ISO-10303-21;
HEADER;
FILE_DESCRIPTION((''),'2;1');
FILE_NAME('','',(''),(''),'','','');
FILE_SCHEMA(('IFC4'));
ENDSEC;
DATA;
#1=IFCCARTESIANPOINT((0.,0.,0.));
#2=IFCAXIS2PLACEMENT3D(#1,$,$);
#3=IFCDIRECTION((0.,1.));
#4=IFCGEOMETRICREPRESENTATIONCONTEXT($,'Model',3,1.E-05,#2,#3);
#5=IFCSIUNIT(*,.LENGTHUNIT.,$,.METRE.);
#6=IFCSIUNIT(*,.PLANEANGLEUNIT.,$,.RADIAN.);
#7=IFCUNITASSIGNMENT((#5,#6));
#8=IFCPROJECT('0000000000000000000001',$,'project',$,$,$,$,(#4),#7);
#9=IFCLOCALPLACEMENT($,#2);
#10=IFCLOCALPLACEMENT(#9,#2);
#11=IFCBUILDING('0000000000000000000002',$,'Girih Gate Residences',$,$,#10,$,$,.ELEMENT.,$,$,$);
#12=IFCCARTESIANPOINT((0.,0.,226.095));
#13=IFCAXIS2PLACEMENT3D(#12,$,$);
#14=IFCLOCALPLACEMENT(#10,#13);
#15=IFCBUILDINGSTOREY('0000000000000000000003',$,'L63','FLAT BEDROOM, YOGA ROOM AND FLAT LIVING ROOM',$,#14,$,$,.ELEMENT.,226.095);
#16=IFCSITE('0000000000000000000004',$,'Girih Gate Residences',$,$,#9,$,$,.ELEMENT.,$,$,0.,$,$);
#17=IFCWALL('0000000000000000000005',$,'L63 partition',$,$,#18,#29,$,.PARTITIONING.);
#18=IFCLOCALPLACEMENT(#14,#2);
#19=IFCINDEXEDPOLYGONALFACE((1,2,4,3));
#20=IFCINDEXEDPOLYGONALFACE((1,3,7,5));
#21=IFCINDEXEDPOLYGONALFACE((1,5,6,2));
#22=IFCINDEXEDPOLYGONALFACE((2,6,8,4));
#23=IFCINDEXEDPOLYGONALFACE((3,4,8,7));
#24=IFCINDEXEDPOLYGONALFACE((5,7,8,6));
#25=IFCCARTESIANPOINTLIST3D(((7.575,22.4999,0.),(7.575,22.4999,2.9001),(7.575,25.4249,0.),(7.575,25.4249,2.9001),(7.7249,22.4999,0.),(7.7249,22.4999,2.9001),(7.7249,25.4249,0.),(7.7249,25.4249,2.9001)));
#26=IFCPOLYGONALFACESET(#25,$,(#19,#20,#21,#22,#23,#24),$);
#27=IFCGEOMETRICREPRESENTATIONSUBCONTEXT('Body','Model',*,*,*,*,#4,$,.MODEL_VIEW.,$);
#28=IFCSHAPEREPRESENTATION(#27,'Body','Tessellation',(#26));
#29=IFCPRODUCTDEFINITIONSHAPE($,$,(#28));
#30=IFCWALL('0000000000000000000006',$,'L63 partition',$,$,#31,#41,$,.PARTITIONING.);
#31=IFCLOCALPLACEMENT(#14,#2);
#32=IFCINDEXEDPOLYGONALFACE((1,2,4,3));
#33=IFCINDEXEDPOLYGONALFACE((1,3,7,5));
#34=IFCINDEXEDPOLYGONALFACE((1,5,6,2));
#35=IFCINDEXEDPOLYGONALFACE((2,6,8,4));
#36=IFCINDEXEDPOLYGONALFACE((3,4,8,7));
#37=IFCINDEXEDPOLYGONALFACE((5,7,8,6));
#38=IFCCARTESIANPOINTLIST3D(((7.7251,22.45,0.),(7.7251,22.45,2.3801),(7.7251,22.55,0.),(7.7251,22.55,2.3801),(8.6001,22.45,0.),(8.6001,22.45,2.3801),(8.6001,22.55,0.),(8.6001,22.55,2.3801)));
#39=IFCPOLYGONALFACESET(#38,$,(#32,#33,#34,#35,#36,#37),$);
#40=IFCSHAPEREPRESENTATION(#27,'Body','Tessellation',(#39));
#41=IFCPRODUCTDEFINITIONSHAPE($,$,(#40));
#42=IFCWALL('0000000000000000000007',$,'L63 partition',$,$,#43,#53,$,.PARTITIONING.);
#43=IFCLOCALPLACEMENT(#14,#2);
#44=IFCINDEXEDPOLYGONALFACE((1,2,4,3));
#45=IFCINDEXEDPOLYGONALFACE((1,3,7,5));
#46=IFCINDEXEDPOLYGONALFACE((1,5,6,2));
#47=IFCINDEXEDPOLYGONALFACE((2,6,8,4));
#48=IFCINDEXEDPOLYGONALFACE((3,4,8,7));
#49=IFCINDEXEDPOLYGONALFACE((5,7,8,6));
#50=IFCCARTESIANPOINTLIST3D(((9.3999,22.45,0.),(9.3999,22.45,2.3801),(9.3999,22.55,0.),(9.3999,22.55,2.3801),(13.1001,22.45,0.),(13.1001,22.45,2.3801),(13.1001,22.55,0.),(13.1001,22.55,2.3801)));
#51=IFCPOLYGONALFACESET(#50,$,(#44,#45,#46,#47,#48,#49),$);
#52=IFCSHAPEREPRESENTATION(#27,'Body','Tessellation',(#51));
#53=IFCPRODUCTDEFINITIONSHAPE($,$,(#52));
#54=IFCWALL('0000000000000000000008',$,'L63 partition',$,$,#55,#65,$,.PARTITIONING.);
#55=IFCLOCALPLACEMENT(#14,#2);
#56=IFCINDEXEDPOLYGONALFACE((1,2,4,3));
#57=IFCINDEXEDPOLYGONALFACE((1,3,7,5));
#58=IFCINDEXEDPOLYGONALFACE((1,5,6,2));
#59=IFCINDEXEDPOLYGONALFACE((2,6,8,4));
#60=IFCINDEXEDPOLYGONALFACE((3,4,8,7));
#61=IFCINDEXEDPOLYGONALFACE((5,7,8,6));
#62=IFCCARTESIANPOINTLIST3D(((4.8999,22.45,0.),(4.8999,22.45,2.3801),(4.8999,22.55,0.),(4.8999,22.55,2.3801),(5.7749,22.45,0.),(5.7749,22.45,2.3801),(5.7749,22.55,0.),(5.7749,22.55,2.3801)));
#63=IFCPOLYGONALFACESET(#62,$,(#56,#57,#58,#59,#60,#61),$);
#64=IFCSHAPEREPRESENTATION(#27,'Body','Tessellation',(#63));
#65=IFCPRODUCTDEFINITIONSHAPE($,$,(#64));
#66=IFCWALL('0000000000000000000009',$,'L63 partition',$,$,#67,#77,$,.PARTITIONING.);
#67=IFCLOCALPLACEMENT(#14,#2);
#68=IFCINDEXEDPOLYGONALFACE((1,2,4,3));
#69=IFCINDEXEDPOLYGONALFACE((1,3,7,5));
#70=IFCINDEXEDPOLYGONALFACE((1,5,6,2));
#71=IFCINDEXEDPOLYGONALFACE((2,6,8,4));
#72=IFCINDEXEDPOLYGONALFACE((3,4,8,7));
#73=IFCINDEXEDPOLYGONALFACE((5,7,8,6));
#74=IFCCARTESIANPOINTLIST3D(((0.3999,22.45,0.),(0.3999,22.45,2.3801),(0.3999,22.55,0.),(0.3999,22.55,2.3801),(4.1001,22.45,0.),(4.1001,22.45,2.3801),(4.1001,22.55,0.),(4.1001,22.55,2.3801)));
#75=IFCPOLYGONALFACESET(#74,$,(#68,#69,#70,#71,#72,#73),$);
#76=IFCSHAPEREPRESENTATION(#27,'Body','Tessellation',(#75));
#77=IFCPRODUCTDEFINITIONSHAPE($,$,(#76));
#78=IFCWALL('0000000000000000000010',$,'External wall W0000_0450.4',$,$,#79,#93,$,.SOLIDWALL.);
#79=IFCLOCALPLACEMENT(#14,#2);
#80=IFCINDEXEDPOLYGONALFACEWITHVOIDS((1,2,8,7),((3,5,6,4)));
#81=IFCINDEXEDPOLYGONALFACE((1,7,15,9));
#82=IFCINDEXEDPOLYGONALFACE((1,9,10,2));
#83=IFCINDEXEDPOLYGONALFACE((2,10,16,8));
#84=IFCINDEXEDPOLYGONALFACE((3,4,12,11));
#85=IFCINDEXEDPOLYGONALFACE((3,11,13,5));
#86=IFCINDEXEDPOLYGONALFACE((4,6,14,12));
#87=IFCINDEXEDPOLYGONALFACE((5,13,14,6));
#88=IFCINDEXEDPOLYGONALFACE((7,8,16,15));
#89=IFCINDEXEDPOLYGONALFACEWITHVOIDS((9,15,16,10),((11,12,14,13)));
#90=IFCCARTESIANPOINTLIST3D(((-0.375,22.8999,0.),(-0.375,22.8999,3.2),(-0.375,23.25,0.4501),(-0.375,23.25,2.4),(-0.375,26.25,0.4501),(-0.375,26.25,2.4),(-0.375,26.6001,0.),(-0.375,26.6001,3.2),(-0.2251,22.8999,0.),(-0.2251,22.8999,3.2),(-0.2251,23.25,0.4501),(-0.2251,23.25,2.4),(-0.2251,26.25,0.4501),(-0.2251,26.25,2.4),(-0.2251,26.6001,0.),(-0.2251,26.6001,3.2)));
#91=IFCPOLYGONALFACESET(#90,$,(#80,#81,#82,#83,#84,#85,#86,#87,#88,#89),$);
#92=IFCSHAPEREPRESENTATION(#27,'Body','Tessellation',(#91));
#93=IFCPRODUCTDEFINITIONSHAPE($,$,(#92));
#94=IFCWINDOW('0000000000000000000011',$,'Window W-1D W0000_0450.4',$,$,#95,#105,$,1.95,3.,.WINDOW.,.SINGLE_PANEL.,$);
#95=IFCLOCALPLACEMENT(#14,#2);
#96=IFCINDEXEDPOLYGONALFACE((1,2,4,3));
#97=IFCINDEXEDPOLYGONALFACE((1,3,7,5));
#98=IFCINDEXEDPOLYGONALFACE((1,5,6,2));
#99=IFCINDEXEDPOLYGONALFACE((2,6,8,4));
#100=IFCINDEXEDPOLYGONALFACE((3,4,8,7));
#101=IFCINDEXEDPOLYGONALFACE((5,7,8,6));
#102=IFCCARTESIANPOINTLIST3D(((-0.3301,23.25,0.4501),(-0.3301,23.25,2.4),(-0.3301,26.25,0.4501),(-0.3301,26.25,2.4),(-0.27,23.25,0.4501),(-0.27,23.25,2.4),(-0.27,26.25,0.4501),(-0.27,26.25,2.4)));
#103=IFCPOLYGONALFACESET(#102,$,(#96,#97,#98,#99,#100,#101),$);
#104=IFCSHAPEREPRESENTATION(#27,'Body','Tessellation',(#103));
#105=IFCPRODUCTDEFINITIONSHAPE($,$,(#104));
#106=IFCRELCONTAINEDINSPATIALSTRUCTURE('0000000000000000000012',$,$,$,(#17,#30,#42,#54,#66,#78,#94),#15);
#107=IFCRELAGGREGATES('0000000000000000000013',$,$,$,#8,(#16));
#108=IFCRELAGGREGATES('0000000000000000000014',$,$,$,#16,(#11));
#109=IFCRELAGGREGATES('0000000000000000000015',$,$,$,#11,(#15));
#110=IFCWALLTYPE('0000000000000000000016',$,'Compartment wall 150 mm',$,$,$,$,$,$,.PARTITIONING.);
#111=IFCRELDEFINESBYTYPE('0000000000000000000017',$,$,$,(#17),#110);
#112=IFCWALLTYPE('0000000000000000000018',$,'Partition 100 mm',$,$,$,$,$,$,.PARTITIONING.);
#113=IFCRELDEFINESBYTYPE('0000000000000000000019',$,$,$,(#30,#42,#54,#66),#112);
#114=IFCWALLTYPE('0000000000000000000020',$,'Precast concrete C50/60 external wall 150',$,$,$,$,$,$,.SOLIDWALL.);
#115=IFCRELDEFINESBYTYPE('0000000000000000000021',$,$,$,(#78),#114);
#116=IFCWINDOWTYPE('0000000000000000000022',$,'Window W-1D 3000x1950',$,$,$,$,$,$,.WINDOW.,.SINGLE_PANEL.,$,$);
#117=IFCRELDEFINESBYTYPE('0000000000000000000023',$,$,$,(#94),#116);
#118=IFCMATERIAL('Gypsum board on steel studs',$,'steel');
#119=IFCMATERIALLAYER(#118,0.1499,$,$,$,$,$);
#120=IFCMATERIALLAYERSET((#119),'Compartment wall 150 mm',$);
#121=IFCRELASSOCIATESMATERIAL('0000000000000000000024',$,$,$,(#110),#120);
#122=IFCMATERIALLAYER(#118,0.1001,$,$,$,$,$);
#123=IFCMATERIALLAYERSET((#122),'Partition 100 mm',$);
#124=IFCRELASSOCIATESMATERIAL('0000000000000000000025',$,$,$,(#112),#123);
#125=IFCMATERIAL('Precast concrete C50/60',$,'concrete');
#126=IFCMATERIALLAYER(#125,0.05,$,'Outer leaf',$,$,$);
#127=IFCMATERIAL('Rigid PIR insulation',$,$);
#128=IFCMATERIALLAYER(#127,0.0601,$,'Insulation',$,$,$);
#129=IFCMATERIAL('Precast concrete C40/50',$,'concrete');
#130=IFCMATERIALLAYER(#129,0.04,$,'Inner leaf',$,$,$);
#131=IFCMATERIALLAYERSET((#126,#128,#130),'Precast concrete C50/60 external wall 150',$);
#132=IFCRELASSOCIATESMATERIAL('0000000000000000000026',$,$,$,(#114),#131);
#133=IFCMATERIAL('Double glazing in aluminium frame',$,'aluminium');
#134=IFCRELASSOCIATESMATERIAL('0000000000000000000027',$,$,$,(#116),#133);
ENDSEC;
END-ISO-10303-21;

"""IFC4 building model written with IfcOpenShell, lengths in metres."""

from ifc_helpers import new_model, si_unit, direction, frame, frame_2d, origin, place, context, subcontext, project, spatial, rectangle, extrude, material, layer, layer_set, type_object, element, fill, save


model = new_model("IFC4")

# Units and contexts
model_context = context("Model", 3, precision=1e-05, world=origin(), true_north=direction((0.0, 1.0)))
body_context = subcontext(model_context, "Body", "Model", "MODEL_VIEW")
ifc_project = project(units=[si_unit("LENGTHUNIT", "METRE"), si_unit("PLANEANGLEUNIT", "RADIAN")], contexts=[model_context])

# Site, building, storey
site_placement = place(None, origin())
site = spatial("IfcSite", under=ifc_project, at=site_placement, Name="Girih Gate Residences", CompositionType="ELEMENT", RefElevation=0.0)
building_placement = place(site_placement, origin())
building = spatial("IfcBuilding", under=site, at=building_placement, Name="Girih Gate Residences", CompositionType="ELEMENT")
storey_placement = place(building_placement, frame((0.0, 0.0, 226.095)))
storey = spatial("IfcBuildingStorey", under=building, at=storey_placement, Name="L63", Description="FLAT BEDROOM, YOGA ROOM AND FLAT LIVING ROOM", CompositionType="ELEMENT", Elevation=226.095)

# Shared definitions
ifc_material_1 = material(Name="Gypsum board on steel studs", Category="steel")
ifc_layer_1 = layer(ifc_material_1, 0.1499)
ifc_layer_set_1 = layer_set([ifc_layer_1], Name="Compartment wall 150 mm")
wall_type_1 = type_object("IfcWallType", Name="Compartment wall 150 mm", PredefinedType="PARTITIONING", material=ifc_layer_set_1)

# Walls
wall_1_placement = place(storey_placement, frame((7.6499, 22.5, 0.0), z_axis=(0.0, 0.0, 1.0), x_axis=(0.0, 1.0, 0.0)))
element("IfcWall", 1, at=wall_1_placement, inside=storey, type_object=wall_type_1, Name="L63 partition", PredefinedType="PARTITIONING", context=body_context, shape_type="SweptSolid", body=[
    extrude(rectangle(XDim=2.925, YDim=0.1499, at=frame_2d((1.4624, 0.0))), origin(), (0.0, 0.0, 1.0), 2.9001),
])
ifc_layer_2 = layer(ifc_material_1, 0.1001)
ifc_layer_set_2 = layer_set([ifc_layer_2], Name="Partition 100 mm")
wall_type_2 = type_object("IfcWallType", Name="Partition 100 mm", PredefinedType="PARTITIONING", material=ifc_layer_set_2)
wall_2_placement = place(storey_placement, frame((7.7251, 22.5, 0.0), z_axis=(0.0, 0.0, 1.0), x_axis=(1.0, 0.0, 0.0)))
element("IfcWall", 2, at=wall_2_placement, inside=storey, type_object=wall_type_2, Name="L63 partition", PredefinedType="PARTITIONING", context=body_context, shape_type="SweptSolid", body=[
    extrude(rectangle(XDim=0.875, YDim=0.1001, at=frame_2d((0.4375, 0.0))), origin(), (0.0, 0.0, 1.0), 2.3801),
])
wall_3_placement = place(storey_placement, frame((9.3999, 22.5, 0.0), z_axis=(0.0, 0.0, 1.0), x_axis=(1.0, 0.0, 0.0)))
element("IfcWall", 3, at=wall_3_placement, inside=storey, type_object=wall_type_2, Name="L63 partition", PredefinedType="PARTITIONING", context=body_context, shape_type="SweptSolid", body=[
    extrude(rectangle(XDim=3.7002, YDim=0.1001, at=frame_2d((1.8501, 0.0))), origin(), (0.0, 0.0, 1.0), 2.3801),
])
wall_4_placement = place(storey_placement, frame((4.8999, 22.5, 0.0), z_axis=(0.0, 0.0, 1.0), x_axis=(1.0, 0.0, 0.0)))
element("IfcWall", 4, at=wall_4_placement, inside=storey, type_object=wall_type_2, Name="L63 partition", PredefinedType="PARTITIONING", context=body_context, shape_type="SweptSolid", body=[
    extrude(rectangle(XDim=0.875, YDim=0.1001, at=frame_2d((0.4375, 0.0))), origin(), (0.0, 0.0, 1.0), 2.3801),
])
wall_5_placement = place(storey_placement, frame((0.3999, 22.5, 0.0), z_axis=(0.0, 0.0, 1.0), x_axis=(1.0, 0.0, 0.0)))
element("IfcWall", 5, at=wall_5_placement, inside=storey, type_object=wall_type_2, Name="L63 partition", PredefinedType="PARTITIONING", context=body_context, shape_type="SweptSolid", body=[
    extrude(rectangle(XDim=3.7002, YDim=0.1001, at=frame_2d((1.8501, 0.0))), origin(), (0.0, 0.0, 1.0), 2.3801),
])

# Wall, opening, window
ifc_material_2 = material(Name="Precast concrete C50/60", Category="concrete")
ifc_layer_3 = layer(ifc_material_2, 0.05, Name="Outer leaf")
ifc_material_3 = material(Name="Rigid PIR insulation")
ifc_layer_4 = layer(ifc_material_3, 0.0601, Name="Insulation")
ifc_material_4 = material(Name="Precast concrete C40/50", Category="concrete")
ifc_layer_5 = layer(ifc_material_4, 0.04, Name="Inner leaf")
ifc_layer_set_3 = layer_set([ifc_layer_3, ifc_layer_4, ifc_layer_5], Name="Precast concrete C50/60 external wall 150")
wall_type_3 = type_object("IfcWallType", Name="Precast concrete C50/60 external wall 150", PredefinedType="SOLIDWALL", material=ifc_layer_set_3)
wall_6_placement = place(storey_placement, frame((-0.3, 22.8999, 0.0), z_axis=(0.0, 0.0, 1.0), x_axis=(0.0, 1.0, 0.0)))
wall_6 = element("IfcWall", 6, at=wall_6_placement, inside=storey, type_object=wall_type_3, Name="External wall W0000_0450.4", PredefinedType="SOLIDWALL", context=body_context, shape_type="SweptSolid", body=[
    extrude(rectangle(XDim=3.7002, YDim=0.1499, at=frame_2d((1.8501, 0.0))), origin(), (0.0, 0.0, 1.0), 3.2),
])
opening_1_placement = place(wall_6_placement, frame((0.3501, 0.0, 0.45)))
opening_1 = element("IfcOpeningElement", 7, at=opening_1_placement, cuts=wall_6, PredefinedType="OPENING", context=body_context, shape_type="SweptSolid", body=[
    extrude(rectangle(XDim=3.0, YDim=1.95, at=frame_2d((1.5, 0.9751))), frame((0.0, 0.085, 0.0), z_axis=(0.0, -1.0, 0.0), x_axis=(1.0, 0.0, 0.0)), (0.0, 0.0, 1.0), 0.1699),
])
ifc_material_5 = material(Name="Double glazing in aluminium frame", Category="aluminium")
window_type = type_object("IfcWindowType", Name="Window W-1D 3000x1950", PartitioningType="SINGLE_PANEL", PredefinedType="WINDOW", material=ifc_material_5)
window_placement = place(opening_1_placement, origin())
window = element("IfcWindow", 8, at=window_placement, inside=storey, type_object=window_type, Name="Window W-1D W0000_0450.4", OverallHeight=1.95, OverallWidth=3.0, PartitioningType="SINGLE_PANEL", PredefinedType="WINDOW", context=body_context, shape_type="SweptSolid", body=[
    extrude(rectangle(XDim=3.0, YDim=1.95, at=frame_2d((1.5, 0.9751))), frame((0.0, 0.03, 0.0), z_axis=(0.0, -1.0, 0.0), x_axis=(1.0, 0.0, 0.0)), (0.0, 0.0, 1.0), 0.0601),
])
fill(opening_1, window)

save(model, "model.ifc")
